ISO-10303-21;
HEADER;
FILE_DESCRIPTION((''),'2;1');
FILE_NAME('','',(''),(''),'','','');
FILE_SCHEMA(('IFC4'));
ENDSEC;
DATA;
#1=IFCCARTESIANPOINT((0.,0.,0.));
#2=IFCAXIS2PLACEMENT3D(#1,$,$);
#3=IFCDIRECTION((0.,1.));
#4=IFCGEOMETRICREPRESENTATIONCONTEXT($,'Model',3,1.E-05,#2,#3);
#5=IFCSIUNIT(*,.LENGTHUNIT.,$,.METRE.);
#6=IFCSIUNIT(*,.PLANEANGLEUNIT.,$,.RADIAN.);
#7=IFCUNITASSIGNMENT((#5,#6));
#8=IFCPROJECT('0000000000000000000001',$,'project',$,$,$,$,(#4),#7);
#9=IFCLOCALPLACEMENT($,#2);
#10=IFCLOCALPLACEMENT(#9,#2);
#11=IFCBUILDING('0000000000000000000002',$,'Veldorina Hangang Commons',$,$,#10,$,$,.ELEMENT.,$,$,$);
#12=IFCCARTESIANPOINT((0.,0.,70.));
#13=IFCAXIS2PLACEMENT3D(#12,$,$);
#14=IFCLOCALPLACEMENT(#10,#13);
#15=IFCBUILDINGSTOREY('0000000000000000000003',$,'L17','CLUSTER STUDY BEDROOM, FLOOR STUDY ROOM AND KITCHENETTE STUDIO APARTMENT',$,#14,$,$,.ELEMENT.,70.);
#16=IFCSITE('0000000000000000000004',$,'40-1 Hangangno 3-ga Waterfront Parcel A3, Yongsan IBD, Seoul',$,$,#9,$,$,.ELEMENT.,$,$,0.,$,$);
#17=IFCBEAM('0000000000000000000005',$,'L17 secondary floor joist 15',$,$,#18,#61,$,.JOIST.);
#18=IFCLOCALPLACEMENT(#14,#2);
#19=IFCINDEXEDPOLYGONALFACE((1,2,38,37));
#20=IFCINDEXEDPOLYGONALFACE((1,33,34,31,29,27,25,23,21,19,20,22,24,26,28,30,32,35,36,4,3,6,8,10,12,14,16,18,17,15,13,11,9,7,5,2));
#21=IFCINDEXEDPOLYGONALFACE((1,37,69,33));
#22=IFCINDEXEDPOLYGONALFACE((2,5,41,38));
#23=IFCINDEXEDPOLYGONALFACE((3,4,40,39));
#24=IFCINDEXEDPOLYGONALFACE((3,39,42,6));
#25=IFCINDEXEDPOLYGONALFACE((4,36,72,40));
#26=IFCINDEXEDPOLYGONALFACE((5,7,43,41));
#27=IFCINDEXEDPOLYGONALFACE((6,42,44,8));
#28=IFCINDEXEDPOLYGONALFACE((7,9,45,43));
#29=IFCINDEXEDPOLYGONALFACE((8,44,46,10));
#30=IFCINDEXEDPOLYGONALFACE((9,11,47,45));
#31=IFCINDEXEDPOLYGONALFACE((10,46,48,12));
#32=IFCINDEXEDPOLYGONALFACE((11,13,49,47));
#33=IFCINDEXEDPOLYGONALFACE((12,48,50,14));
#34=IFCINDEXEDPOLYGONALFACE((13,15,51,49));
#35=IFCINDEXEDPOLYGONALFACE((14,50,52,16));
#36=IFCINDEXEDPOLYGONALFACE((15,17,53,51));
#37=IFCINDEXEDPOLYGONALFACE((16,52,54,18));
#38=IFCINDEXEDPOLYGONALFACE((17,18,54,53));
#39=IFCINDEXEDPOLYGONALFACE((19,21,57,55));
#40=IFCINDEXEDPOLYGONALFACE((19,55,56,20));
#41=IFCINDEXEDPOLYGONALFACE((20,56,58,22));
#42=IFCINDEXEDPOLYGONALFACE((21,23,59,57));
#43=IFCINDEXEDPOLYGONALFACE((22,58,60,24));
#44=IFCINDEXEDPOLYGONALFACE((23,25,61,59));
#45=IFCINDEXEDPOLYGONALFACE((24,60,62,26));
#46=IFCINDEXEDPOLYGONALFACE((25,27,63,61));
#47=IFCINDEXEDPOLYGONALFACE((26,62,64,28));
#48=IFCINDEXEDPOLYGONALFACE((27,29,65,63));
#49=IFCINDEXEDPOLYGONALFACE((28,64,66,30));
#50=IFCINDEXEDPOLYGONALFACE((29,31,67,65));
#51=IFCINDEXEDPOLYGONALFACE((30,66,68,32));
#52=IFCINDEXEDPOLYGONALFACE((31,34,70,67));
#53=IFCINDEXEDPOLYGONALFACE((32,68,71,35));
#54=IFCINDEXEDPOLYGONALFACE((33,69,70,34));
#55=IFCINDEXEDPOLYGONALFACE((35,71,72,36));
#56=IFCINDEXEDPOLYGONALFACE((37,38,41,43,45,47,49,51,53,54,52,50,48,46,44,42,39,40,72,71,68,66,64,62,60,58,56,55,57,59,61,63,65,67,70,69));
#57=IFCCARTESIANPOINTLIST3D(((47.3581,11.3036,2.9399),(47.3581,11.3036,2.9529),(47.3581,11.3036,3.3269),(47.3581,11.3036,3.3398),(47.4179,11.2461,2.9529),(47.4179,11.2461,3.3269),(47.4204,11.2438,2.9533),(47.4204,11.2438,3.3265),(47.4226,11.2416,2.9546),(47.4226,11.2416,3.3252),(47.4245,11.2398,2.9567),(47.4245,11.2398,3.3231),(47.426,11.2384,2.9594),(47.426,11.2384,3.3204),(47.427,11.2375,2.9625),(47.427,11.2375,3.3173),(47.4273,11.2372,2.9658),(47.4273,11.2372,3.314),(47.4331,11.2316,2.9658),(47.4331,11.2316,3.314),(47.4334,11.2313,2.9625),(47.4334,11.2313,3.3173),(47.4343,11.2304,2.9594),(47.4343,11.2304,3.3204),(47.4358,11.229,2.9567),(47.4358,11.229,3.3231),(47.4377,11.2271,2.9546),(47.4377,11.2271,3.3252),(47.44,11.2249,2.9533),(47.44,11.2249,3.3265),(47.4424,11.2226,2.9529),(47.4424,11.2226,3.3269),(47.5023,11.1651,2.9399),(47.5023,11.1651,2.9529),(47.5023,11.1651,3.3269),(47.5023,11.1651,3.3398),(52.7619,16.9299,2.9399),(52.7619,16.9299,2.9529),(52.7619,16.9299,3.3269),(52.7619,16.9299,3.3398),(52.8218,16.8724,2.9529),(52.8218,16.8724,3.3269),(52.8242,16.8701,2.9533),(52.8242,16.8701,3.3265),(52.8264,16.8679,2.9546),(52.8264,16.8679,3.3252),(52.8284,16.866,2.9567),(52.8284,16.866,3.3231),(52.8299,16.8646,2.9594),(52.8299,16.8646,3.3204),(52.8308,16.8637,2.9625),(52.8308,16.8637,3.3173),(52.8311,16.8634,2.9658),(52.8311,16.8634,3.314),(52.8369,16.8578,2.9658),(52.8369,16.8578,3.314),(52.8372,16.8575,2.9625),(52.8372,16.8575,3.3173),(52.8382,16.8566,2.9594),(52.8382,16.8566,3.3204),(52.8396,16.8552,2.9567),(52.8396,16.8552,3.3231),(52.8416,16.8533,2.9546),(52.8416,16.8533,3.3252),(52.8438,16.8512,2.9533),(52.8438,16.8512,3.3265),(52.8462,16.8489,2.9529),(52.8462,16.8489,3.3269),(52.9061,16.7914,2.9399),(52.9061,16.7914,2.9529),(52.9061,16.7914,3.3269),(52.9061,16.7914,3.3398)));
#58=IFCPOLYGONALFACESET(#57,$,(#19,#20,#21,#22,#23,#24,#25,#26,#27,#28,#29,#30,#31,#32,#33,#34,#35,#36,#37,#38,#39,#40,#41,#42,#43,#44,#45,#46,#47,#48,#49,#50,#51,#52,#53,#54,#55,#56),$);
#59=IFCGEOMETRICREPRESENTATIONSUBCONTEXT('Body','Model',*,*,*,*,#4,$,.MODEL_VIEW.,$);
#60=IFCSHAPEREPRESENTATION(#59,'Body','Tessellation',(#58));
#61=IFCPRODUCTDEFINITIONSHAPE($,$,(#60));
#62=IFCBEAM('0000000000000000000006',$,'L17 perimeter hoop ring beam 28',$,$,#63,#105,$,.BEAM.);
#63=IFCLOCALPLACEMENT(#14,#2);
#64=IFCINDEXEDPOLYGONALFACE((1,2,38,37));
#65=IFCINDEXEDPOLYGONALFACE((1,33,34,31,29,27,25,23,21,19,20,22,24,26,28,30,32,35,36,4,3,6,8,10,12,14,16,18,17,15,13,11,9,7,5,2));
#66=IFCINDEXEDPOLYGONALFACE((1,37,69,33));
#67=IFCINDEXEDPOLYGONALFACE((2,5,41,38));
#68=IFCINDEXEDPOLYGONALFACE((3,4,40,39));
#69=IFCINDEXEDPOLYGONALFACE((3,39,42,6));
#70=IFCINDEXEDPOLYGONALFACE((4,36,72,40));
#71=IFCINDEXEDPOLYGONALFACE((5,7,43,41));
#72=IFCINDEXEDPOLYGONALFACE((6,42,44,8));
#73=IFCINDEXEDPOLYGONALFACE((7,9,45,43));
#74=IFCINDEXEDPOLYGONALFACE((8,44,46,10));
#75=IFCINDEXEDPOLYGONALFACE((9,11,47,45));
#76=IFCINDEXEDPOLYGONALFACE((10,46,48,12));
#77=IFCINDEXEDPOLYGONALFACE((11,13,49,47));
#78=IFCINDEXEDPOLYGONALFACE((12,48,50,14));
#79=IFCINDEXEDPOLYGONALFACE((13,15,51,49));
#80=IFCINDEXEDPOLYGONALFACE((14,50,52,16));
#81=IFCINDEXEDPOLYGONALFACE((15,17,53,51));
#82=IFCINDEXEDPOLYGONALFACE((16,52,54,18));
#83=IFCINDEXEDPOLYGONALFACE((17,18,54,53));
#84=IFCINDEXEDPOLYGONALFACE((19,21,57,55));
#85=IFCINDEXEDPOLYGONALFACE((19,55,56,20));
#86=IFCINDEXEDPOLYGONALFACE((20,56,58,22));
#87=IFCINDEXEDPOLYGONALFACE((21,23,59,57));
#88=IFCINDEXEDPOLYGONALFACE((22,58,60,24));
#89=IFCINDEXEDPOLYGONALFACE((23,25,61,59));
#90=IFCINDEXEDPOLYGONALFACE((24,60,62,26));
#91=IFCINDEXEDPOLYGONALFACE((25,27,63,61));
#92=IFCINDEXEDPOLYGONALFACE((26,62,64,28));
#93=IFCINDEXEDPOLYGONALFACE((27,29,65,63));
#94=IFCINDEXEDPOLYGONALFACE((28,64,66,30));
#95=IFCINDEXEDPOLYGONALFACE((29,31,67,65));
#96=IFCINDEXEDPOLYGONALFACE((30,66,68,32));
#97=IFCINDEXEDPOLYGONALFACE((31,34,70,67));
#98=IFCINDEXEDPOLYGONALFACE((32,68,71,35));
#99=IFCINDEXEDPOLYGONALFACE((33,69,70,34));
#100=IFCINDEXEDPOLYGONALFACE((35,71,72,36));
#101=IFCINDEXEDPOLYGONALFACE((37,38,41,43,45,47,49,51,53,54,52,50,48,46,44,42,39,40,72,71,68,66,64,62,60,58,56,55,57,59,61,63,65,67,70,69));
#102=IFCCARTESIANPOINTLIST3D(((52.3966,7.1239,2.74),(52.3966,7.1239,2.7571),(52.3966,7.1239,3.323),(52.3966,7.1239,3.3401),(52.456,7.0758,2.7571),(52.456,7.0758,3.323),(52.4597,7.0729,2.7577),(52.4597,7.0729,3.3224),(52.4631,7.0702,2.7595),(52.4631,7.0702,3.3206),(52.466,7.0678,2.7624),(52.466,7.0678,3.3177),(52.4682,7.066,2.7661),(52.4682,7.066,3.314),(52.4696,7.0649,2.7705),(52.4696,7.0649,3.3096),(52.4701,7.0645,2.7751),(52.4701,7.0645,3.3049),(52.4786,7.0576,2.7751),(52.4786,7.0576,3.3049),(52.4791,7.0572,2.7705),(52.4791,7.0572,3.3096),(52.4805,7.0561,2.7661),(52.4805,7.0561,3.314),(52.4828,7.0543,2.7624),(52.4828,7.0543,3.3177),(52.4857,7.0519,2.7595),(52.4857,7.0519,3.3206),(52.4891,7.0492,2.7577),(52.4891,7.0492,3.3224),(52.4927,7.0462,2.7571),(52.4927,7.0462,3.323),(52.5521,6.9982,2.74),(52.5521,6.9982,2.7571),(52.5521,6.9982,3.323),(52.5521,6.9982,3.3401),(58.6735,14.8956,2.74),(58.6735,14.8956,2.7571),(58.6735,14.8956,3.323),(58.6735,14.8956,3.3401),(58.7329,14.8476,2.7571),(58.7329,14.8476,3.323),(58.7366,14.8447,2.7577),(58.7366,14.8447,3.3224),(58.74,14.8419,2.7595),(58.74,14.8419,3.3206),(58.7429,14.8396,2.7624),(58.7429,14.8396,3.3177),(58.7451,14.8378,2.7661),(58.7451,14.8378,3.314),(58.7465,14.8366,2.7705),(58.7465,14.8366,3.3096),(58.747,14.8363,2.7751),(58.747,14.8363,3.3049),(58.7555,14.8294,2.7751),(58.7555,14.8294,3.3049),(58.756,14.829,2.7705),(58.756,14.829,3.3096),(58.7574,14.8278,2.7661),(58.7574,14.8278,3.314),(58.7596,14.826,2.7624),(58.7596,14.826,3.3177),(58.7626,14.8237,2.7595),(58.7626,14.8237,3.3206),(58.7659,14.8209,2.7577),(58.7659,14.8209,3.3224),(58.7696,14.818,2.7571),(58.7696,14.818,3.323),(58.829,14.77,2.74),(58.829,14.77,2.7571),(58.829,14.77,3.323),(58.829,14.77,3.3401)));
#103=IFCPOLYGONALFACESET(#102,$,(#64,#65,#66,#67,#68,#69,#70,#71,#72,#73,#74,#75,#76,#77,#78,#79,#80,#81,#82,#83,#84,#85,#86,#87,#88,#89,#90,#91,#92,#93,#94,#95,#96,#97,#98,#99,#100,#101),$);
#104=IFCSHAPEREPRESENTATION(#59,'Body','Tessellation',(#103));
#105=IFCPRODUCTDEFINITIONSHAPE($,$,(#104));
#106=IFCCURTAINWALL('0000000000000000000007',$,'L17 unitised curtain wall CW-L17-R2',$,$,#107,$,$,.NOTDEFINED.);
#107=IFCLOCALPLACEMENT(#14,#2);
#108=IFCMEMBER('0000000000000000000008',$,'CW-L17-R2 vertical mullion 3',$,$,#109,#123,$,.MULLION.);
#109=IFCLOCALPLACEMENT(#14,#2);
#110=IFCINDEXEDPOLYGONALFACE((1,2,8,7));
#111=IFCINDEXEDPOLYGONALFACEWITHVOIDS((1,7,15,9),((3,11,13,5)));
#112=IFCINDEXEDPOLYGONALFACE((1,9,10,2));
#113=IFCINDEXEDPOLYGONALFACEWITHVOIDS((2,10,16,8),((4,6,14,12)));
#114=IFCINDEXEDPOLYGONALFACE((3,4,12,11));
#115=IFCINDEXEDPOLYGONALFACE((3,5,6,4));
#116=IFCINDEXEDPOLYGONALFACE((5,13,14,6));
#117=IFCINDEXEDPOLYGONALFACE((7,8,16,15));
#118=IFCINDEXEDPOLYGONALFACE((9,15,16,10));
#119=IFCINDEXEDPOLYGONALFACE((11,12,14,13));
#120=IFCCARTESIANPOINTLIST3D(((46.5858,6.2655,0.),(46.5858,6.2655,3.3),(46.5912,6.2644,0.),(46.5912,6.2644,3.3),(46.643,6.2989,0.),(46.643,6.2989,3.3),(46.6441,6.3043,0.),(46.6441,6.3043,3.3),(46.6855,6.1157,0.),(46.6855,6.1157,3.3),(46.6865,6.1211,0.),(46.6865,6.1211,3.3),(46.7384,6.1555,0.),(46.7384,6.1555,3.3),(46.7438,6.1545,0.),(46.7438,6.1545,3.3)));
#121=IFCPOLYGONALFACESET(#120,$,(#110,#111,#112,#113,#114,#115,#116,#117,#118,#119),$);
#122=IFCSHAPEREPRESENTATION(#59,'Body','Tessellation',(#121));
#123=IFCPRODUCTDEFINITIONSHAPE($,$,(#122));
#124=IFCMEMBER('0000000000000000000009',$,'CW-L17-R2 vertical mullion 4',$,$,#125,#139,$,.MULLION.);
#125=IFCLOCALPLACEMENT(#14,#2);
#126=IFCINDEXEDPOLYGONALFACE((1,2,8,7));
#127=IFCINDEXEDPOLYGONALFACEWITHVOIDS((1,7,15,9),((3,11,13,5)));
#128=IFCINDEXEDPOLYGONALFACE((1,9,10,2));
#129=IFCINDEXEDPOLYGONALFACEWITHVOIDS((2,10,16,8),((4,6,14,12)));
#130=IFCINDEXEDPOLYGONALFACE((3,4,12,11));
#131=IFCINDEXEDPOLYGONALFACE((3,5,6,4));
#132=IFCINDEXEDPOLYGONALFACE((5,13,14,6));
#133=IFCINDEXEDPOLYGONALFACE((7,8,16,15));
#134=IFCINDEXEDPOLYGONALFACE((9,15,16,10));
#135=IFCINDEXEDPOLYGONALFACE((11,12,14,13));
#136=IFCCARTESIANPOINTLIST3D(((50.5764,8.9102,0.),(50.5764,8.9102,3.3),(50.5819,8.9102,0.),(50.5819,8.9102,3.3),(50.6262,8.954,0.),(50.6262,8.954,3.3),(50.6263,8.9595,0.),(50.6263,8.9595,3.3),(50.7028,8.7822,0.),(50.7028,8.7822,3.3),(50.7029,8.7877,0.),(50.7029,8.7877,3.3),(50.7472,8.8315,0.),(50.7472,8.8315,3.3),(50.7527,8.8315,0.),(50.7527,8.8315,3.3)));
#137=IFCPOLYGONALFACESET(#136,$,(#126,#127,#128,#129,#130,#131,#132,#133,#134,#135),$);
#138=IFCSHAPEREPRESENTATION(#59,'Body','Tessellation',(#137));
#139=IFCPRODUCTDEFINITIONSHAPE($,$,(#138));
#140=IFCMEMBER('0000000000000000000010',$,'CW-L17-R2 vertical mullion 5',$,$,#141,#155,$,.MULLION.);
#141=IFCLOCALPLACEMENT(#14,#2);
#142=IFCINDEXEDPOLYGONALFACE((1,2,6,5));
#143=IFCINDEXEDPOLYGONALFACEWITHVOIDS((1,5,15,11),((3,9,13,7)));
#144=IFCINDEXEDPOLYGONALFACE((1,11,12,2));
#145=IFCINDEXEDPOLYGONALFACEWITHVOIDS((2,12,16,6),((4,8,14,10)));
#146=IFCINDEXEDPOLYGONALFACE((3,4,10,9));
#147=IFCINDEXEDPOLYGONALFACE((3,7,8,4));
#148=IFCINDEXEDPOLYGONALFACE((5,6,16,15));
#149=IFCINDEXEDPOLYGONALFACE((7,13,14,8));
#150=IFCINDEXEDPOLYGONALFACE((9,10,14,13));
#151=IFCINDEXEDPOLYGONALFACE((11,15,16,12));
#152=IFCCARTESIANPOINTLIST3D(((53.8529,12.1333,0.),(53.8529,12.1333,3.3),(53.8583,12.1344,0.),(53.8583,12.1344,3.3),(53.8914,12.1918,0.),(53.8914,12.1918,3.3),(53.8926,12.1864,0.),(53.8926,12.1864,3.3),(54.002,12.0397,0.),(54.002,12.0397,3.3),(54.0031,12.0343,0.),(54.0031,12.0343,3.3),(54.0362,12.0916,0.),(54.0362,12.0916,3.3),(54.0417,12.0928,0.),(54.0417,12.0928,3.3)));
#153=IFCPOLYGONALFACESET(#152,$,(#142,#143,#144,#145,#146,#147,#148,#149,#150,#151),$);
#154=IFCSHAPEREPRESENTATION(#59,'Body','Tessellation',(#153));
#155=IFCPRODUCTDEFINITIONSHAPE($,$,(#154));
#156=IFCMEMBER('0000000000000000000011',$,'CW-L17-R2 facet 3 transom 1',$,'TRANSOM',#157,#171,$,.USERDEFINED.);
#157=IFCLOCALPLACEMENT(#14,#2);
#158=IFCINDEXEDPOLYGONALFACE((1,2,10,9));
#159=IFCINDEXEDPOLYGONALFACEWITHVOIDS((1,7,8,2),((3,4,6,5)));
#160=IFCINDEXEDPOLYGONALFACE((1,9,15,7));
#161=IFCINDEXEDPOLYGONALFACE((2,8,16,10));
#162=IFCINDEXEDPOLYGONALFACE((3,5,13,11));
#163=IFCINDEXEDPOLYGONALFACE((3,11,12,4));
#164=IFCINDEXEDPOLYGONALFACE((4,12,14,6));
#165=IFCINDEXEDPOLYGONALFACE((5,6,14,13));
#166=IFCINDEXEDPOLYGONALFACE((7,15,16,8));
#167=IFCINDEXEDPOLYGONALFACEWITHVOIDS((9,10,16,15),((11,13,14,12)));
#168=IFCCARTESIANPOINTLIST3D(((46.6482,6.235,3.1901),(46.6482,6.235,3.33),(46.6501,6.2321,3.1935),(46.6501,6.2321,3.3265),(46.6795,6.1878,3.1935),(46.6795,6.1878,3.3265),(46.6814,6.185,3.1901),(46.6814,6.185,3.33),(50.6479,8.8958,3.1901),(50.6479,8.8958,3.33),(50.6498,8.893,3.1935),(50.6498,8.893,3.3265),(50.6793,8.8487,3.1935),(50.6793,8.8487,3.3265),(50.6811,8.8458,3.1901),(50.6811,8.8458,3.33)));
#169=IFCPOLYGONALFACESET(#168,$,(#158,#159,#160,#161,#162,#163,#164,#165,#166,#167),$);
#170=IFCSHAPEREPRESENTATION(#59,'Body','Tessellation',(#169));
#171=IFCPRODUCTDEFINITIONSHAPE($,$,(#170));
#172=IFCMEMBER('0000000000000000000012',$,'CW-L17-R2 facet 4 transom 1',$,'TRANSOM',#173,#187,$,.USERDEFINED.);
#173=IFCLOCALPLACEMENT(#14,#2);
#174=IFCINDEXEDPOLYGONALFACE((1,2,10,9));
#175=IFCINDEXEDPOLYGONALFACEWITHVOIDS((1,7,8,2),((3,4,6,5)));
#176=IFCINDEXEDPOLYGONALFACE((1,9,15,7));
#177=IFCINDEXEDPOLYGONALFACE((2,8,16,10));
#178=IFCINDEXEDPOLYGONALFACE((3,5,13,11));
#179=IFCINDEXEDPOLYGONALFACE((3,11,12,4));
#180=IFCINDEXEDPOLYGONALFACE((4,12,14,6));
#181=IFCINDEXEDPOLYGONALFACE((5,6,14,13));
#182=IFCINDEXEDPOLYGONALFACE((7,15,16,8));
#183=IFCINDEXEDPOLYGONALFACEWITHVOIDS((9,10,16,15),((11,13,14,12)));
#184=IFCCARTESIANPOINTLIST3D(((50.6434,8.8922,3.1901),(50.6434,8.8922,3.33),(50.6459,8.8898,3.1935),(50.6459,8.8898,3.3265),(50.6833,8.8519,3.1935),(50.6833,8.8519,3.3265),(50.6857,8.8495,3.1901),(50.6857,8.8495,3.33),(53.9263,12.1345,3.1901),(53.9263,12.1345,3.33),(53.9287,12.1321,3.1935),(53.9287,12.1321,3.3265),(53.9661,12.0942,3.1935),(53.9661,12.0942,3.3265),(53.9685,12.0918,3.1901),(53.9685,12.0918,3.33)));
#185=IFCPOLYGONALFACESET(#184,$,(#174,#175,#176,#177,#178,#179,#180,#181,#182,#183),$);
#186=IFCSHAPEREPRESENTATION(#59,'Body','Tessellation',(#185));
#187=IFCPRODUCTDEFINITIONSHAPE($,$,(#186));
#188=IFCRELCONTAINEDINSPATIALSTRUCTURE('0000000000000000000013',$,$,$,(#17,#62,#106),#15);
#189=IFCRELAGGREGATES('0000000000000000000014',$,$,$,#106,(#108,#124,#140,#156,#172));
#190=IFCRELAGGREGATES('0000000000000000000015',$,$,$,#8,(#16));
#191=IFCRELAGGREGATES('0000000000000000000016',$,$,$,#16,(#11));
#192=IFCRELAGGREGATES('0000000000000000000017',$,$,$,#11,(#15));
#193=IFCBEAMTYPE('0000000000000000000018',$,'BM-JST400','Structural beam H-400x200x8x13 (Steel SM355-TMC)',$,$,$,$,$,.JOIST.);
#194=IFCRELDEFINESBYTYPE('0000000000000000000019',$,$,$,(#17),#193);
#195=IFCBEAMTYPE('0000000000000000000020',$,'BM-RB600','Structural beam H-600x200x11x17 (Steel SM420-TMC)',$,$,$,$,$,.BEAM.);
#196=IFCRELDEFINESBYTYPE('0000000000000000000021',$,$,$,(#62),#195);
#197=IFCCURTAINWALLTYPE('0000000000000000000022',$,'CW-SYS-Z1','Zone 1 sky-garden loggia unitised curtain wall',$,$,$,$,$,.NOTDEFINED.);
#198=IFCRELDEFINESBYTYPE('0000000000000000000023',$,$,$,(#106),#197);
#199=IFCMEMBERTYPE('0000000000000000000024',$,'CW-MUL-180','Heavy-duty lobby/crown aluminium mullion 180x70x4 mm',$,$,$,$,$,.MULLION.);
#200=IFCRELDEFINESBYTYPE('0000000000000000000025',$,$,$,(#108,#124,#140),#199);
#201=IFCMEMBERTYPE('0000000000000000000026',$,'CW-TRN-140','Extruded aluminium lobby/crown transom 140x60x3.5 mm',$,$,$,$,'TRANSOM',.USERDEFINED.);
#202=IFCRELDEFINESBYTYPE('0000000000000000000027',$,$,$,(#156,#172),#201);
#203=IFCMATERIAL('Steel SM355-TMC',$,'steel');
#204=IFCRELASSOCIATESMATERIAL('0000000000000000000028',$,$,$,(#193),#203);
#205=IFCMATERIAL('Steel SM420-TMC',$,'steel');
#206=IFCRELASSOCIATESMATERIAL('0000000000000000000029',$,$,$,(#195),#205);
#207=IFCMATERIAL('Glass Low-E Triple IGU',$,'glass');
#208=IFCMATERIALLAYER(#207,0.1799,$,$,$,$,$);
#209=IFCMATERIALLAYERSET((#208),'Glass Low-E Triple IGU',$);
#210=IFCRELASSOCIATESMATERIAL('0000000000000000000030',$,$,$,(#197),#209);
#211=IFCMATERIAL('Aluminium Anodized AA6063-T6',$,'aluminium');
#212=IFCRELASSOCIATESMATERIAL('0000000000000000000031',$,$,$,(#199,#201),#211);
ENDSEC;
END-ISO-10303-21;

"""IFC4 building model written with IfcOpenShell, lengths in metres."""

from ifc_helpers import new_model, si_unit, direction, frame, origin, origin_2d, place, context, subcontext, project, spatial, hollow_rectangle, i_section, extrude, material, layer, layer_set, material_profile, profile_set, type_object, element, aggregate, save


model = new_model("IFC4")

# Units and contexts
model_context = context("Model", 3, precision=1e-05, world=origin(), true_north=direction((0.0, 1.0)))
body_context = subcontext(model_context, "Body", "Model", "MODEL_VIEW")
ifc_project = project(units=[si_unit("LENGTHUNIT", "METRE"), si_unit("PLANEANGLEUNIT", "RADIAN")], contexts=[model_context])

# Site, building, storey
site_placement = place(None, origin())
site = spatial("IfcSite", under=ifc_project, at=site_placement, Name="40-1 Hangangno 3-ga Waterfront Parcel A3, Yongsan IBD, Seoul", CompositionType="ELEMENT", RefElevation=0.0)
building_placement = place(site_placement, origin())
building = spatial("IfcBuilding", under=site, at=building_placement, Name="Veldorina Hangang Commons", CompositionType="ELEMENT")
storey_placement = place(building_placement, frame((0.0, 0.0, 70.0)))
storey = spatial("IfcBuildingStorey", under=building, at=storey_placement, Name="L17", Description="CLUSTER STUDY BEDROOM, FLOOR STUDY ROOM AND KITCHENETTE STUDIO APARTMENT", CompositionType="ELEMENT", Elevation=70.0)

# Beams
ifc_material_1 = material(Name="Steel SM355-TMC", Category="steel")
ifc_material_profile_1 = material_profile(ifc_material_1, i_section(OverallWidth=0.2, OverallDepth=0.3999, WebThickness=0.0081, FlangeThickness=0.0129, FilletRadius=0.0129, at=origin_2d()), Name="H-400x200x8x13")
ifc_profile_set_1 = profile_set([ifc_material_profile_1], Name="Steel SM355-TMC")
beam_type_1 = type_object("IfcBeamType", Name="BM-JST400", Description="Structural beam H-400x200x8x13 (Steel SM355-TMC)", PredefinedType="JOIST", material=ifc_profile_set_1)
beam_1_placement = place(storey_placement, frame((47.4302, 11.2344, 3.1399), z_axis=(0.692708, 0.721218, 0.0), x_axis=(-0.721218, 0.692708, 0.0)))
element("IfcBeam", 1, at=beam_1_placement, inside=storey, type_object=beam_type_1, Name="L17 secondary floor joist 15", PredefinedType="JOIST", context=body_context, shape_type="SweptSolid", body=[
    extrude(i_section(OverallWidth=0.2, OverallDepth=0.3999, WebThickness=0.0081, FlangeThickness=0.0129, FilletRadius=0.0129, at=origin_2d()), origin(), (0.0, 0.0, 1.0), 7.801),
])
ifc_material_2 = material(Name="Steel SM420-TMC", Category="steel")
ifc_material_profile_2 = material_profile(ifc_material_2, i_section(OverallWidth=0.2, OverallDepth=0.6001, WebThickness=0.011, FlangeThickness=0.0171, FilletRadius=0.0181, at=origin_2d()), Name="H-600x200x11x17")
ifc_profile_set_2 = profile_set([ifc_material_profile_2], Name="Steel SM420-TMC")
beam_type_2 = type_object("IfcBeamType", Name="BM-RB600", Description="Structural beam H-600x200x11x17 (Steel SM420-TMC)", PredefinedType="BEAM", material=ifc_profile_set_2)
beam_2_placement = place(storey_placement, frame((52.4744, 7.061, 3.04), z_axis=(0.628318, 0.777956, 0.0), x_axis=(-0.777956, 0.628318, 0.0)))
element("IfcBeam", 2, at=beam_2_placement, inside=storey, type_object=beam_type_2, Name="L17 perimeter hoop ring beam 28", PredefinedType="BEAM", context=body_context, shape_type="SweptSolid", body=[
    extrude(i_section(OverallWidth=0.2, OverallDepth=0.6001, WebThickness=0.011, FlangeThickness=0.0171, FilletRadius=0.0181, at=origin_2d()), origin(), (0.0, 0.0, 1.0), 9.99),
])

# Curtain wall, members
ifc_material_3 = material(Name="Glass Low-E Triple IGU", Category="glass")
ifc_layer_1 = layer(ifc_material_3, 0.1799)
ifc_layer_set_1 = layer_set([ifc_layer_1], Name="Glass Low-E Triple IGU")
curtain_wall_type = type_object("IfcCurtainWallType", Name="CW-SYS-Z1", Description="Zone 1 sky-garden loggia unitised curtain wall", PredefinedType="NOTDEFINED", material=ifc_layer_set_1)
curtain_wall_placement = place(storey_placement, origin())
curtain_wall = element("IfcCurtainWall", 3, at=curtain_wall_placement, inside=storey, type_object=curtain_wall_type, Name="L17 unitised curtain wall CW-L17-R2", PredefinedType="NOTDEFINED")
ifc_material_4 = material(Name="Aluminium Anodized AA6063-T6", Category="aluminium")
ifc_material_profile_3 = material_profile(ifc_material_4, hollow_rectangle(XDim=0.0701, YDim=0.1799, WallThickness=0.0039, at=origin_2d()), Name="ALU-RHS-180x70x4")
ifc_profile_set_3 = profile_set([ifc_material_profile_3], Name="Aluminium Anodized AA6063-T6")
member_type_1 = type_object("IfcMemberType", Name="CW-MUL-180", Description="Heavy-duty lobby/crown aluminium mullion 180x70x4 mm", PredefinedType="MULLION", material=ifc_profile_set_3)
member_1_placement = place(storey_placement, frame((46.6648, 6.21, 0.0), z_axis=(0.0, 0.0, 1.0), x_axis=(0.832593, 0.553886, 0.0)))
member_1 = element("IfcMember", 4, at=member_1_placement, type_object=member_type_1, Name="CW-L17-R2 vertical mullion 3", PredefinedType="MULLION", context=body_context, shape_type="SweptSolid", body=[
    extrude(hollow_rectangle(XDim=0.0701, YDim=0.1799, WallThickness=0.0039, at=origin_2d()), origin(), (0.0, 0.0, 1.0), 3.3),
])
member_2_placement = place(storey_placement, frame((50.6646, 8.8708, 0.0), z_axis=(0.0, 0.0, 1.0), x_axis=(0.711487, 0.7027, 0.0)))
member_2 = element("IfcMember", 5, at=member_2_placement, type_object=member_type_1, Name="CW-L17-R2 vertical mullion 4", PredefinedType="MULLION", context=body_context, shape_type="SweptSolid", body=[
    extrude(hollow_rectangle(XDim=0.0701, YDim=0.1799, WallThickness=0.0039, at=origin_2d()), origin(), (0.0, 0.0, 1.0), 3.3),
])
member_3_placement = place(storey_placement, frame((53.9473, 12.113, 0.0), z_axis=(0.0, 0.0, 1.0), x_axis=(0.550495, 0.834838, 0.0)))
member_3 = element("IfcMember", 6, at=member_3_placement, type_object=member_type_1, Name="CW-L17-R2 vertical mullion 5", PredefinedType="MULLION", context=body_context, shape_type="SweptSolid", body=[
    extrude(hollow_rectangle(XDim=0.0701, YDim=0.1799, WallThickness=0.0039, at=origin_2d()), origin(), (0.0, 0.0, 1.0), 3.3),
])
ifc_material_profile_4 = material_profile(ifc_material_4, hollow_rectangle(XDim=0.0601, YDim=0.1399, WallThickness=0.0034, at=origin_2d()), Name="ALU-RHS-140x60x3.5")
ifc_profile_set_4 = profile_set([ifc_material_profile_4], Name="Aluminium Anodized AA6063-T6")
member_type_2 = type_object("IfcMemberType", Name="CW-TRN-140", Description="Extruded aluminium lobby/crown transom 140x60x3.5 mm", ElementType="TRANSOM", PredefinedType="USERDEFINED", material=ifc_profile_set_4)
member_4_placement = place(storey_placement, frame((46.6648, 6.21, 3.26), z_axis=(0.832589, 0.553891, 0.0), x_axis=(-0.553891, 0.832589, 0.0)))
member_4 = element("IfcMember", 7, at=member_4_placement, type_object=member_type_2, Name="CW-L17-R2 facet 3 transom 1", ObjectType="TRANSOM", PredefinedType="USERDEFINED", context=body_context, shape_type="SweptSolid", body=[
    extrude(hollow_rectangle(XDim=0.0601, YDim=0.1399, WallThickness=0.0034, at=origin_2d()), origin(), (0.0, 0.0, 1.0), 4.804),
])
member_5_placement = place(storey_placement, frame((50.6646, 8.8708, 3.26), z_axis=(0.711485, 0.702701, 0.0), x_axis=(-0.702701, 0.711485, 0.0)))
member_5 = element("IfcMember", 8, at=member_5_placement, type_object=member_type_2, Name="CW-L17-R2 facet 4 transom 1", ObjectType="TRANSOM", PredefinedType="USERDEFINED", context=body_context, shape_type="SweptSolid", body=[
    extrude(hollow_rectangle(XDim=0.0601, YDim=0.1399, WallThickness=0.0034, at=origin_2d()), origin(), (0.0, 0.0, 1.0), 4.614),
])

aggregate(curtain_wall, [member_1, member_2, member_3, member_4, member_5])

save(model, "model.ifc")
